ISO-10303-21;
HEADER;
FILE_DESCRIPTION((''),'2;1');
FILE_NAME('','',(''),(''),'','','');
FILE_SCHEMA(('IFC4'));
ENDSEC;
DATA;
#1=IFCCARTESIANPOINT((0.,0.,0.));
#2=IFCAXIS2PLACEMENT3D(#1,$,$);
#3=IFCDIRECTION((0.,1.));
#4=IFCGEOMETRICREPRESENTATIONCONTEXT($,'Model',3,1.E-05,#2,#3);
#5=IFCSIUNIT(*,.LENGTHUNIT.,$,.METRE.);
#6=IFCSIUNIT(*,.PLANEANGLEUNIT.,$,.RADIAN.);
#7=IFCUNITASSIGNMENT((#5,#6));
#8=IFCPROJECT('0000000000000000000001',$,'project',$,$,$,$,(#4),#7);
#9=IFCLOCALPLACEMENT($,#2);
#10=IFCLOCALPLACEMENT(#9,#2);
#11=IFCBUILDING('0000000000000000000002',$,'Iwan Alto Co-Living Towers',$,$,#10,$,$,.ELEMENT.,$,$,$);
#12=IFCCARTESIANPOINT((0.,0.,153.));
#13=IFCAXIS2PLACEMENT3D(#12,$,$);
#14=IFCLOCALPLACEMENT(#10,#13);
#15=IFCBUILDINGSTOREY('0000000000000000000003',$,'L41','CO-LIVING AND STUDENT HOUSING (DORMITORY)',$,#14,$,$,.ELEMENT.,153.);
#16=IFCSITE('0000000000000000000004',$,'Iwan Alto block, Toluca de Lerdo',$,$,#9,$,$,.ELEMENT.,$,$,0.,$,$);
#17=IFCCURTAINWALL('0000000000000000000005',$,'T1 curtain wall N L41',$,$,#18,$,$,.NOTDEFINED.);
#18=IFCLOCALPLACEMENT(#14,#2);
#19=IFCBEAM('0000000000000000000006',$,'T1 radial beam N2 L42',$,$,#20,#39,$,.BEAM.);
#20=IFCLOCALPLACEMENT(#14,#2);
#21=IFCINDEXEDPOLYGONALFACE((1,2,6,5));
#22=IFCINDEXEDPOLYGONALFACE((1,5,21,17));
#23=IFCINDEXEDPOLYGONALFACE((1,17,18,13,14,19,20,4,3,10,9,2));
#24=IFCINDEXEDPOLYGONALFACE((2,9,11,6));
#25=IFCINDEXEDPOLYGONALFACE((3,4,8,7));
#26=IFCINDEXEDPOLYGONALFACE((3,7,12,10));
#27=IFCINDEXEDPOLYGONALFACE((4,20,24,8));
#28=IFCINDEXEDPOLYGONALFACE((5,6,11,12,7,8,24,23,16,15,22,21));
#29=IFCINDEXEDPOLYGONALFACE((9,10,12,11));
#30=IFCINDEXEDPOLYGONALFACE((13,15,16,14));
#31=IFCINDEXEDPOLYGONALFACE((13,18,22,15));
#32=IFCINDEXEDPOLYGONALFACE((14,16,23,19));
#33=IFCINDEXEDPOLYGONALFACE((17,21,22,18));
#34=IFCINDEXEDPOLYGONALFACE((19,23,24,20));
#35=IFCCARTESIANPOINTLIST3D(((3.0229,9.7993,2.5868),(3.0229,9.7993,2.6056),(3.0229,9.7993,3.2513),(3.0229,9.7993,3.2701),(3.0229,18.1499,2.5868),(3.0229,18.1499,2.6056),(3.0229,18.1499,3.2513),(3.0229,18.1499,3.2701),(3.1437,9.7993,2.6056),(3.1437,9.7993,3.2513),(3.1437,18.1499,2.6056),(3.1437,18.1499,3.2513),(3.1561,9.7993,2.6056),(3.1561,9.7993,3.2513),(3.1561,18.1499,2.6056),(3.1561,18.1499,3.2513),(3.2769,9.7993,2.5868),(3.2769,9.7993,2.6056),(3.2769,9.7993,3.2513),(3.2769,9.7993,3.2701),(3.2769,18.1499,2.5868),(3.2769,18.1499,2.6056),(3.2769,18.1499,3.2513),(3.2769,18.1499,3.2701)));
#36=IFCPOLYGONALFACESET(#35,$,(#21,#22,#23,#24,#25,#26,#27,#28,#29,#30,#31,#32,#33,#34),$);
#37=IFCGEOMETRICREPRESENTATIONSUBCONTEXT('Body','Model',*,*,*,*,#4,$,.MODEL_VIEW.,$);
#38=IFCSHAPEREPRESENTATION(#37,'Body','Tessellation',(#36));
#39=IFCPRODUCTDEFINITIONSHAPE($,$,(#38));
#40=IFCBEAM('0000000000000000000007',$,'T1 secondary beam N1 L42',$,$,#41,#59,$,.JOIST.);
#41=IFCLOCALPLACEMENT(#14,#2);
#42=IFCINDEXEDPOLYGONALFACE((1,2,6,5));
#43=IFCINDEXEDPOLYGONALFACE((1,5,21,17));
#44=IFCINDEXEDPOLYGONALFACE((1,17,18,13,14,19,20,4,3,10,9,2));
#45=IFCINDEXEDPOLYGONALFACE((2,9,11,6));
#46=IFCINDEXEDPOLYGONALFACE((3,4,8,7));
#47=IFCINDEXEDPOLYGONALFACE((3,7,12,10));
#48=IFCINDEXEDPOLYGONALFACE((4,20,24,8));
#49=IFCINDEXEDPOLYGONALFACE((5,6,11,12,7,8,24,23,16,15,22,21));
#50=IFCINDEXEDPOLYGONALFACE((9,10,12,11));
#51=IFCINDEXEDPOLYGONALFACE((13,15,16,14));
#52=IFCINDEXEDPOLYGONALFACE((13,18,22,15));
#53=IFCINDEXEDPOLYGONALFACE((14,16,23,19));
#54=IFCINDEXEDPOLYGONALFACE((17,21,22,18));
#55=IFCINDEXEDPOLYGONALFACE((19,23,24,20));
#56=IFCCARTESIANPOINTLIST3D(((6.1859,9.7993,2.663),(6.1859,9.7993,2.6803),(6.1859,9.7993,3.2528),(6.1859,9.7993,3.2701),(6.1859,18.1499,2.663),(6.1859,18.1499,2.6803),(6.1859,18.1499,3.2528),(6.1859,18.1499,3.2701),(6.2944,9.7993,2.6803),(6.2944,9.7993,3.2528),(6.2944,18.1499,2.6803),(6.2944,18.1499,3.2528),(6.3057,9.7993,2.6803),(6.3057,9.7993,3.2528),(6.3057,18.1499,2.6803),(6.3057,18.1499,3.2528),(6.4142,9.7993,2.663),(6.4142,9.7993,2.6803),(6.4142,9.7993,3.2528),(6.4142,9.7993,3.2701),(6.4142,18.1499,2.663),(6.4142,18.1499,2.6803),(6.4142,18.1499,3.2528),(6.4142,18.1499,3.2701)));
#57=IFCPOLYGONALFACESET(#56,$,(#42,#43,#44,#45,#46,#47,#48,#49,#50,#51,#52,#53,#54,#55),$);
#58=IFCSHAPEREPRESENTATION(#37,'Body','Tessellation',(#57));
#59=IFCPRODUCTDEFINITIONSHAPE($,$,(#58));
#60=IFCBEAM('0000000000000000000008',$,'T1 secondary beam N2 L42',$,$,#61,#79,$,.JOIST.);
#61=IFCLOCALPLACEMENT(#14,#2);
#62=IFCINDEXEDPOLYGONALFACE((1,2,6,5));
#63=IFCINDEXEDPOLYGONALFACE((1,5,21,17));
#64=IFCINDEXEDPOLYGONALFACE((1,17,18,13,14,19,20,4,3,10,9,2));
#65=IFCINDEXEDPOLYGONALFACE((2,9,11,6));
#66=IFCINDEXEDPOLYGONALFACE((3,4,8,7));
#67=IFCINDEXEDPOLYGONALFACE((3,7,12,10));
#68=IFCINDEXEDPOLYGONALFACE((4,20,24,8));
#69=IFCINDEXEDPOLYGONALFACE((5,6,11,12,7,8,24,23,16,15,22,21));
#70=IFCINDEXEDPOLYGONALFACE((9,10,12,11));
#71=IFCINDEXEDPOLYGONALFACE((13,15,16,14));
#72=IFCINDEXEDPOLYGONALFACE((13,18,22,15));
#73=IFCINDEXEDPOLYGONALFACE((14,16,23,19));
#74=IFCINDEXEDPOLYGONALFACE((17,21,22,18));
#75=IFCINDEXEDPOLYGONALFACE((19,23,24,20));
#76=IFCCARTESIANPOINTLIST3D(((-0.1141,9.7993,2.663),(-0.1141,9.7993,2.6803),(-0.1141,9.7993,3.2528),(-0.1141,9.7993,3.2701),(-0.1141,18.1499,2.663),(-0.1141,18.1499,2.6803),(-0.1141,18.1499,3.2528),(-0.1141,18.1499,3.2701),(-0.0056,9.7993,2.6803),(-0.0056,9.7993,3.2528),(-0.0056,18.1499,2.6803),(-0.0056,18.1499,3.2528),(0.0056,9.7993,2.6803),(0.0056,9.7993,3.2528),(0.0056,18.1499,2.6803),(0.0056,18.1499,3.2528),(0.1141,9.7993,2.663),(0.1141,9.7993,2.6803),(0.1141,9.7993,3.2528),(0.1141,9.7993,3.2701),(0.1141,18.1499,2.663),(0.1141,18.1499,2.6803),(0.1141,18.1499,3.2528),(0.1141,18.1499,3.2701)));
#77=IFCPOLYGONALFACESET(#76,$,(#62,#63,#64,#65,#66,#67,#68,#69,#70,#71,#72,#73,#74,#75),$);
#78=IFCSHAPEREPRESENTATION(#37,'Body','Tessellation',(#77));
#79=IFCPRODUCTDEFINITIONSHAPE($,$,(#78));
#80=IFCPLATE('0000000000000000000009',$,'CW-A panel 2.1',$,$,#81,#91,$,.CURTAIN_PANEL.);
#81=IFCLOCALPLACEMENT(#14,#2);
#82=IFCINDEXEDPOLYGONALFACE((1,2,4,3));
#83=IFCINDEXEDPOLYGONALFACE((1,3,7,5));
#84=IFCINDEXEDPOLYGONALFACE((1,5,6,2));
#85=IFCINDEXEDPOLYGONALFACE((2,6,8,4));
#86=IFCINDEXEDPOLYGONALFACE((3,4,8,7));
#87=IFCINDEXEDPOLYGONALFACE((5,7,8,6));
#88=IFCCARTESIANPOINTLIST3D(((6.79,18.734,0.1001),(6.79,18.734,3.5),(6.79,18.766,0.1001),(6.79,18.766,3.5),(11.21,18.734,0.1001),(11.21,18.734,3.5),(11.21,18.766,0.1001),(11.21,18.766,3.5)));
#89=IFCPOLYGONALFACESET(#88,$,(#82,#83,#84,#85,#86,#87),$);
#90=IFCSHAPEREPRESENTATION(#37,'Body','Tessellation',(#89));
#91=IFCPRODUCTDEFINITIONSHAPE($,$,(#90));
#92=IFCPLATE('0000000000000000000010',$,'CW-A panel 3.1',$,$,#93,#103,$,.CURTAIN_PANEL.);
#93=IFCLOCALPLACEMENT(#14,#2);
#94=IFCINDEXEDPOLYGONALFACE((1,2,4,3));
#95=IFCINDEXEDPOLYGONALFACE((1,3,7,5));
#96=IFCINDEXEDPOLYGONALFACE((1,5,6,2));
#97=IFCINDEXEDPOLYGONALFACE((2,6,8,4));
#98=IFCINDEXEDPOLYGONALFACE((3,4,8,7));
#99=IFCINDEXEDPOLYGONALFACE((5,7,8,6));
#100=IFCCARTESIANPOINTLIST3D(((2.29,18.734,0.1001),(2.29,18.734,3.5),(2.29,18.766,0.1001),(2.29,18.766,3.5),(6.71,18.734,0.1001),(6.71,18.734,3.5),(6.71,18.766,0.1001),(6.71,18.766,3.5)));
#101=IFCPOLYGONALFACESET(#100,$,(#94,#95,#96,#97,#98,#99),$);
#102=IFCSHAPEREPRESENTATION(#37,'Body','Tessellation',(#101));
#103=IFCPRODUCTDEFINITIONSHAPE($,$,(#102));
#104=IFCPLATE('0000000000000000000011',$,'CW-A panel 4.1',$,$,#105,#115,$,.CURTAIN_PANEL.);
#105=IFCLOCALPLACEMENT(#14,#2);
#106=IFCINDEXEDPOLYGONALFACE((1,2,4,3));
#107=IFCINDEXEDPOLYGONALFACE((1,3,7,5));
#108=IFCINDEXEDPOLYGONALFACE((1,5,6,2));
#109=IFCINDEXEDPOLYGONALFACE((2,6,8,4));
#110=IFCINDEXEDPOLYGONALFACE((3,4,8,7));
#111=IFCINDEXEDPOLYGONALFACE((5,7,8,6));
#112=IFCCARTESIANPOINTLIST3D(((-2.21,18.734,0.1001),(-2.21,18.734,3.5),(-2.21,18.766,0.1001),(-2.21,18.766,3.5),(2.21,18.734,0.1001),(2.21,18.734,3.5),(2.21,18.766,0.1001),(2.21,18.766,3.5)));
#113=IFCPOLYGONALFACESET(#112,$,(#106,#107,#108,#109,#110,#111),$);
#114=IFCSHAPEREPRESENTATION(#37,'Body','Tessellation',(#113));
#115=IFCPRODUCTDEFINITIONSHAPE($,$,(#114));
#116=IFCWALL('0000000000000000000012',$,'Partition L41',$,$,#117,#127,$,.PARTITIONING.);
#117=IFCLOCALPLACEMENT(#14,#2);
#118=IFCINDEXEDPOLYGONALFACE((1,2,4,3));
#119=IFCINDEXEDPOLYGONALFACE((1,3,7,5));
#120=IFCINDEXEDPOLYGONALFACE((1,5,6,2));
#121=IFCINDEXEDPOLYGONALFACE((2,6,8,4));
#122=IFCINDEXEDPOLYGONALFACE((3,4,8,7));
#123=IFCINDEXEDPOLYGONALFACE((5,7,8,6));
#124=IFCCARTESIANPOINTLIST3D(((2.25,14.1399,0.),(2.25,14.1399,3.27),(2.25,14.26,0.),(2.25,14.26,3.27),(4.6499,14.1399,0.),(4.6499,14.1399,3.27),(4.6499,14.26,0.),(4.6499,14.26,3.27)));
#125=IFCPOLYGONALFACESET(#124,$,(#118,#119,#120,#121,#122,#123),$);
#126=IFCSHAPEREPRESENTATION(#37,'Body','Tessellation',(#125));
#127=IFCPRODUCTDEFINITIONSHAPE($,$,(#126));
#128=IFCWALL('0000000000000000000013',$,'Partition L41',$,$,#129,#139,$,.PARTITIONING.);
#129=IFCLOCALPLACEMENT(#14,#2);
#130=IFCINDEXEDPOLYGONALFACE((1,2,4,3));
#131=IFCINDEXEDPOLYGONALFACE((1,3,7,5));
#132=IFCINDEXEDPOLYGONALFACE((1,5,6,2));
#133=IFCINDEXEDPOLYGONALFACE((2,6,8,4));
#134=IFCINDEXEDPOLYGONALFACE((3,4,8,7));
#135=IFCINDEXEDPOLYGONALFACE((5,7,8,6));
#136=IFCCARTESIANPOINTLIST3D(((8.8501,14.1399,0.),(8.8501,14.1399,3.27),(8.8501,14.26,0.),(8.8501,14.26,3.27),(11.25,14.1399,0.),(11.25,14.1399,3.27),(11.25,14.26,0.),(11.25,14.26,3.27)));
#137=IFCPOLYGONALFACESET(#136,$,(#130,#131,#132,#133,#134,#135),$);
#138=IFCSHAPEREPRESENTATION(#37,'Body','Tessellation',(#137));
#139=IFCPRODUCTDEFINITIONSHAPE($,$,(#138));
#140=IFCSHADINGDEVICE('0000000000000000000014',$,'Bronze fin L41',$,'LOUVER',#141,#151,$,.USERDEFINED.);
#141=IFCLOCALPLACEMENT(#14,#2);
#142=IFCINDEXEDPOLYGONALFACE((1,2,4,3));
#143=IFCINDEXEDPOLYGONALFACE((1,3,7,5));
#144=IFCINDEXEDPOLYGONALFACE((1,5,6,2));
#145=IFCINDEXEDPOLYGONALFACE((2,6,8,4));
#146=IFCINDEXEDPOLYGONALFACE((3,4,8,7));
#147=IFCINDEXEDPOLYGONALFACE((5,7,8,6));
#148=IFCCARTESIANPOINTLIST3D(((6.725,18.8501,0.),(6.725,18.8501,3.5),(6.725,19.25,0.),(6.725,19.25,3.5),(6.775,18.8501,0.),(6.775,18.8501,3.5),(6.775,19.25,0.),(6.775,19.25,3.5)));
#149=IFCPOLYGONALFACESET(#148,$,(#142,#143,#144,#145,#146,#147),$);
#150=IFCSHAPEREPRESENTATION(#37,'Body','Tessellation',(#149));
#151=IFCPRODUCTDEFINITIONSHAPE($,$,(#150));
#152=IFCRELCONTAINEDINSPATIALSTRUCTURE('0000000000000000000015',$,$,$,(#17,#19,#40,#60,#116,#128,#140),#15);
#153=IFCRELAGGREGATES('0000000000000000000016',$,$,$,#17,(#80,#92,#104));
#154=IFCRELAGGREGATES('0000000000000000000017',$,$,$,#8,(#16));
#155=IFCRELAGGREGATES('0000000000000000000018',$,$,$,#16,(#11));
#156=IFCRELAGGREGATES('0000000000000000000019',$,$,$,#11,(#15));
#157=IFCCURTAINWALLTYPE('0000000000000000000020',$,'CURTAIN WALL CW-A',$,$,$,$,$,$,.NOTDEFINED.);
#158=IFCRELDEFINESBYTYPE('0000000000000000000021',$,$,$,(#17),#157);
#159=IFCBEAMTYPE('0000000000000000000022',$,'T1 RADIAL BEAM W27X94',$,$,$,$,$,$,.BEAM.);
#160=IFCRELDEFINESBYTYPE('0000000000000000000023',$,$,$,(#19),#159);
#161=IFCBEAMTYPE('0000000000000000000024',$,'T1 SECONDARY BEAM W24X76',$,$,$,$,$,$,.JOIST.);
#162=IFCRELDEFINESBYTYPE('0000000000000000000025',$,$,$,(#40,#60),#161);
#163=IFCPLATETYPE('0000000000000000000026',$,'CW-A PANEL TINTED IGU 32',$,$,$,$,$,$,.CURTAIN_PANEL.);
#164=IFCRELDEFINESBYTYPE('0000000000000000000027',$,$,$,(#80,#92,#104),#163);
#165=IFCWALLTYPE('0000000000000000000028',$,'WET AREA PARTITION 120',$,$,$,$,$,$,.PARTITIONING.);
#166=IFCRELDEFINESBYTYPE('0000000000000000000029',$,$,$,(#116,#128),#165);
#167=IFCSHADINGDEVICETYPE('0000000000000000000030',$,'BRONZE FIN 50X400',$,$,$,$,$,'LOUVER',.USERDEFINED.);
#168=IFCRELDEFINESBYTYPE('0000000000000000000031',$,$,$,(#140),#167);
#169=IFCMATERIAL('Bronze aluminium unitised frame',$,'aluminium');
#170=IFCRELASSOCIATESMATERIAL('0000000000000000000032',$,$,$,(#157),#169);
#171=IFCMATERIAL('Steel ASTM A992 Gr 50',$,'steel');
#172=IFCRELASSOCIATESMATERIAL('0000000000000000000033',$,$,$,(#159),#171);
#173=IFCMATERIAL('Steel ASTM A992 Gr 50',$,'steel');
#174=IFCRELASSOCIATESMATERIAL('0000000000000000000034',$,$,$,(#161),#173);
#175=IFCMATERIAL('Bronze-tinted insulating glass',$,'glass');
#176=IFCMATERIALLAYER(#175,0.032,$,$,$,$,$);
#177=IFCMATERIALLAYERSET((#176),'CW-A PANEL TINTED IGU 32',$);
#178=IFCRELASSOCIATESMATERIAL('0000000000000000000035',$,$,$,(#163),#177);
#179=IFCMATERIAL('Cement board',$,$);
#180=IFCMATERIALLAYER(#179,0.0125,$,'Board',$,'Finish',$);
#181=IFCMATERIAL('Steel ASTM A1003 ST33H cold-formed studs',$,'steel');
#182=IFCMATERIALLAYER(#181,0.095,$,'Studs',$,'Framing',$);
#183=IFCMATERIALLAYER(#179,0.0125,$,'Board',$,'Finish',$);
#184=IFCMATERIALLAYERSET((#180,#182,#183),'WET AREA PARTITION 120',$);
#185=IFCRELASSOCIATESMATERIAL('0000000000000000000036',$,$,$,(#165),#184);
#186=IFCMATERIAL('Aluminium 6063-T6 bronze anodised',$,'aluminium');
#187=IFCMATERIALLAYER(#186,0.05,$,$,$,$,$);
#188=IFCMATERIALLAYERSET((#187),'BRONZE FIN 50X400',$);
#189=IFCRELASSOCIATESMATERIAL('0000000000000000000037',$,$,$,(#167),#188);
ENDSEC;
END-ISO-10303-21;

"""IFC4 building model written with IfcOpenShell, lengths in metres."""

from ifc_helpers import new_model, si_unit, direction, frame, frame_2d, origin, origin_2d, place, context, subcontext, project, spatial, rectangle, i_section, extrude, material, layer, layer_set, material_profile, profile_set, type_object, element, aggregate, save


model = new_model("IFC4")

# Units and contexts
model_context = context("Model", 3, precision=1e-05, world=origin(), true_north=direction((0.0, 1.0)))
body_context = subcontext(model_context, "Body", "Model", "MODEL_VIEW")
ifc_project = project(units=[si_unit("LENGTHUNIT", "METRE"), si_unit("PLANEANGLEUNIT", "RADIAN")], contexts=[model_context])

# Site, building, storey
site_placement = place(None, origin())
site = spatial("IfcSite", under=ifc_project, at=site_placement, Name="Iwan Alto block, Toluca de Lerdo", CompositionType="ELEMENT", RefElevation=0.0)
building_placement = place(site_placement, origin())
building = spatial("IfcBuilding", under=site, at=building_placement, Name="Iwan Alto Co-Living Towers", CompositionType="ELEMENT")
storey_placement = place(building_placement, frame((0.0, 0.0, 153.0)))
storey = spatial("IfcBuildingStorey", under=building, at=storey_placement, Name="L41", Description="CO-LIVING AND STUDENT HOUSING (DORMITORY)", CompositionType="ELEMENT", Elevation=153.0)

# Curtain wall
ifc_material_1 = material(Name="Bronze aluminium unitised frame", Category="aluminium")
curtain_wall_type = type_object("IfcCurtainWallType", Name="CURTAIN WALL CW-A", PredefinedType="NOTDEFINED", material=ifc_material_1)
curtain_wall_placement = place(storey_placement, origin())
curtain_wall = element("IfcCurtainWall", 1, at=curtain_wall_placement, inside=storey, type_object=curtain_wall_type, Name="T1 curtain wall N L41", PredefinedType="NOTDEFINED")

# Beams
ifc_material_2 = material(Name="Steel ASTM A992 Gr 50", Category="steel")
ifc_material_profile_1 = material_profile(ifc_material_2, i_section(OverallWidth=0.2539, OverallDepth=0.6833, WebThickness=0.0125, FlangeThickness=0.0188, at=origin_2d()), Name="W27X94")
ifc_profile_set_1 = profile_set([ifc_material_profile_1], Name="Steel ASTM A992 Gr 50")
beam_type_1 = type_object("IfcBeamType", Name="T1 RADIAL BEAM W27X94", PredefinedType="BEAM", material=ifc_profile_set_1)
for number, where, z_axis, x_axis, name in (
    (2, (3.1499, 18.1499, 2.9285), (0.0, -1.0, 0.0), (1.0, 0.0, 0.0), "T1 radial beam N2 L42"),
):
    element("IfcBeam", number, at=place(storey_placement, frame(where, z_axis=z_axis, x_axis=x_axis)), inside=storey, type_object=beam_type_1, Name=name, PredefinedType="BEAM", context=body_context, shape_type="SweptSolid", body=[
        extrude(i_section(OverallWidth=0.2539, OverallDepth=0.6833, WebThickness=0.0125, FlangeThickness=0.0188, at=origin_2d()), origin(), (0.0, 0.0, 1.0), 8.3506),
    ])
ifc_material_3 = material(Name="Steel ASTM A992 Gr 50", Category="steel")
ifc_material_profile_2 = material_profile(ifc_material_3, i_section(OverallWidth=0.2283, OverallDepth=0.6072, WebThickness=0.0112, FlangeThickness=0.0173, at=origin_2d()), Name="W24X76")
ifc_profile_set_2 = profile_set([ifc_material_profile_2], Name="Steel ASTM A992 Gr 50")
beam_type_2 = type_object("IfcBeamType", Name="T1 SECONDARY BEAM W24X76", PredefinedType="JOIST", material=ifc_profile_set_2)
for number, where, z_axis, x_axis, name in (
    (3, (6.3, 18.1499, 2.9666), (0.0, -1.0, 0.0), (1.0, 0.0, 0.0), "T1 secondary beam N1 L42"),
    (4, (0.0, 18.1499, 2.9666), (0.0, -1.0, 0.0), (1.0, 0.0, 0.0), "T1 secondary beam N2 L42"),
):
    element("IfcBeam", number, at=place(storey_placement, frame(where, z_axis=z_axis, x_axis=x_axis)), inside=storey, type_object=beam_type_2, Name=name, PredefinedType="JOIST", context=body_context, shape_type="SweptSolid", body=[
        extrude(i_section(OverallWidth=0.2283, OverallDepth=0.6072, WebThickness=0.0112, FlangeThickness=0.0173, at=origin_2d()), origin(), (0.0, 0.0, 1.0), 8.3506),
    ])

# Plates
ifc_material_4 = material(Name="Bronze-tinted insulating glass", Category="glass")
ifc_layer_1 = layer(ifc_material_4, 0.032)
ifc_layer_set_1 = layer_set([ifc_layer_1], Name="CW-A PANEL TINTED IGU 32")
plate_type = type_object("IfcPlateType", Name="CW-A PANEL TINTED IGU 32", PredefinedType="CURTAIN_PANEL", material=ifc_layer_set_1)
plate_1_placement = place(storey_placement, frame((9.0, 18.75, 0.1001), z_axis=(0.0, 0.0, 1.0), x_axis=(-1.0, 0.0, 0.0)))
plate_1 = element("IfcPlate", 5, at=plate_1_placement, type_object=plate_type, Name="CW-A panel 2.1", PredefinedType="CURTAIN_PANEL", context=body_context, shape_type="SweptSolid", body=[
    extrude(rectangle(XDim=4.4199, YDim=0.032, at=origin_2d()), origin(), (0.0, 0.0, 1.0), 3.3999),
])
plate_2_placement = place(storey_placement, frame((4.5, 18.75, 0.1001), z_axis=(0.0, 0.0, 1.0), x_axis=(-1.0, 0.0, 0.0)))
plate_2 = element("IfcPlate", 6, at=plate_2_placement, type_object=plate_type, Name="CW-A panel 3.1", PredefinedType="CURTAIN_PANEL", context=body_context, shape_type="SweptSolid", body=[
    extrude(rectangle(XDim=4.4199, YDim=0.032, at=origin_2d()), origin(), (0.0, 0.0, 1.0), 3.3999),
])
plate_3_placement = place(storey_placement, frame((0.0, 18.75, 0.1001), z_axis=(0.0, 0.0, 1.0), x_axis=(-1.0, 0.0, 0.0)))
plate_3 = element("IfcPlate", 7, at=plate_3_placement, type_object=plate_type, Name="CW-A panel 4.1", PredefinedType="CURTAIN_PANEL", context=body_context, shape_type="SweptSolid", body=[
    extrude(rectangle(XDim=4.4199, YDim=0.032, at=origin_2d()), origin(), (0.0, 0.0, 1.0), 3.3999),
])
aggregate(curtain_wall, [plate_1, plate_2, plate_3])

# Walls
ifc_material_5 = material(Name="Cement board")
ifc_layer_2 = layer(ifc_material_5, 0.0125, Name="Board", Category="Finish")
ifc_material_6 = material(Name="Steel ASTM A1003 ST33H cold-formed studs", Category="steel")
ifc_layer_3 = layer(ifc_material_6, 0.095, Name="Studs", Category="Framing")
ifc_layer_4 = layer(ifc_material_5, 0.0125, Name="Board", Category="Finish")
ifc_layer_set_2 = layer_set([ifc_layer_2, ifc_layer_3, ifc_layer_4], Name="WET AREA PARTITION 120")
wall_type = type_object("IfcWallType", Name="WET AREA PARTITION 120", PredefinedType="PARTITIONING", material=ifc_layer_set_2)
for number, where, z_axis, x_axis, name in (
    (8, (2.25, 14.2, 0.0), (0.0, 0.0, 1.0), (1.0, 0.0, 0.0), "Partition L41"),
    (9, (8.8501, 14.2, 0.0), (0.0, 0.0, 1.0), (1.0, 0.0, 0.0), "Partition L41"),
):
    element("IfcWall", number, at=place(storey_placement, frame(where, z_axis=z_axis, x_axis=x_axis)), inside=storey, type_object=wall_type, Name=name, PredefinedType="PARTITIONING", context=body_context, shape_type="SweptSolid", body=[
        extrude(rectangle(XDim=2.3999, YDim=0.1201, at=frame_2d((1.2, 0.0))), origin(), (0.0, 0.0, 1.0), 3.27),
    ])

# Shading device
ifc_material_7 = material(Name="Aluminium 6063-T6 bronze anodised", Category="aluminium")
ifc_layer_5 = layer(ifc_material_7, 0.05)
ifc_layer_set_3 = layer_set([ifc_layer_5], Name="BRONZE FIN 50X400")
shading_device_type = type_object("IfcShadingDeviceType", Name="BRONZE FIN 50X400", ElementType="LOUVER", PredefinedType="USERDEFINED", material=ifc_layer_set_3)
shading_device_placement = place(storey_placement, frame((6.75, 19.05, 0.0), z_axis=(0.0, 0.0, 1.0), x_axis=(-1.0, 0.0, 0.0)))
element("IfcShadingDevice", 10, at=shading_device_placement, inside=storey, type_object=shading_device_type, Name="Bronze fin L41", ObjectType="LOUVER", PredefinedType="USERDEFINED", context=body_context, shape_type="SweptSolid", body=[
    extrude(rectangle(XDim=0.05, YDim=0.3999, at=origin_2d()), origin(), (0.0, 0.0, 1.0), 3.5),
])

save(model, "model.ifc")
